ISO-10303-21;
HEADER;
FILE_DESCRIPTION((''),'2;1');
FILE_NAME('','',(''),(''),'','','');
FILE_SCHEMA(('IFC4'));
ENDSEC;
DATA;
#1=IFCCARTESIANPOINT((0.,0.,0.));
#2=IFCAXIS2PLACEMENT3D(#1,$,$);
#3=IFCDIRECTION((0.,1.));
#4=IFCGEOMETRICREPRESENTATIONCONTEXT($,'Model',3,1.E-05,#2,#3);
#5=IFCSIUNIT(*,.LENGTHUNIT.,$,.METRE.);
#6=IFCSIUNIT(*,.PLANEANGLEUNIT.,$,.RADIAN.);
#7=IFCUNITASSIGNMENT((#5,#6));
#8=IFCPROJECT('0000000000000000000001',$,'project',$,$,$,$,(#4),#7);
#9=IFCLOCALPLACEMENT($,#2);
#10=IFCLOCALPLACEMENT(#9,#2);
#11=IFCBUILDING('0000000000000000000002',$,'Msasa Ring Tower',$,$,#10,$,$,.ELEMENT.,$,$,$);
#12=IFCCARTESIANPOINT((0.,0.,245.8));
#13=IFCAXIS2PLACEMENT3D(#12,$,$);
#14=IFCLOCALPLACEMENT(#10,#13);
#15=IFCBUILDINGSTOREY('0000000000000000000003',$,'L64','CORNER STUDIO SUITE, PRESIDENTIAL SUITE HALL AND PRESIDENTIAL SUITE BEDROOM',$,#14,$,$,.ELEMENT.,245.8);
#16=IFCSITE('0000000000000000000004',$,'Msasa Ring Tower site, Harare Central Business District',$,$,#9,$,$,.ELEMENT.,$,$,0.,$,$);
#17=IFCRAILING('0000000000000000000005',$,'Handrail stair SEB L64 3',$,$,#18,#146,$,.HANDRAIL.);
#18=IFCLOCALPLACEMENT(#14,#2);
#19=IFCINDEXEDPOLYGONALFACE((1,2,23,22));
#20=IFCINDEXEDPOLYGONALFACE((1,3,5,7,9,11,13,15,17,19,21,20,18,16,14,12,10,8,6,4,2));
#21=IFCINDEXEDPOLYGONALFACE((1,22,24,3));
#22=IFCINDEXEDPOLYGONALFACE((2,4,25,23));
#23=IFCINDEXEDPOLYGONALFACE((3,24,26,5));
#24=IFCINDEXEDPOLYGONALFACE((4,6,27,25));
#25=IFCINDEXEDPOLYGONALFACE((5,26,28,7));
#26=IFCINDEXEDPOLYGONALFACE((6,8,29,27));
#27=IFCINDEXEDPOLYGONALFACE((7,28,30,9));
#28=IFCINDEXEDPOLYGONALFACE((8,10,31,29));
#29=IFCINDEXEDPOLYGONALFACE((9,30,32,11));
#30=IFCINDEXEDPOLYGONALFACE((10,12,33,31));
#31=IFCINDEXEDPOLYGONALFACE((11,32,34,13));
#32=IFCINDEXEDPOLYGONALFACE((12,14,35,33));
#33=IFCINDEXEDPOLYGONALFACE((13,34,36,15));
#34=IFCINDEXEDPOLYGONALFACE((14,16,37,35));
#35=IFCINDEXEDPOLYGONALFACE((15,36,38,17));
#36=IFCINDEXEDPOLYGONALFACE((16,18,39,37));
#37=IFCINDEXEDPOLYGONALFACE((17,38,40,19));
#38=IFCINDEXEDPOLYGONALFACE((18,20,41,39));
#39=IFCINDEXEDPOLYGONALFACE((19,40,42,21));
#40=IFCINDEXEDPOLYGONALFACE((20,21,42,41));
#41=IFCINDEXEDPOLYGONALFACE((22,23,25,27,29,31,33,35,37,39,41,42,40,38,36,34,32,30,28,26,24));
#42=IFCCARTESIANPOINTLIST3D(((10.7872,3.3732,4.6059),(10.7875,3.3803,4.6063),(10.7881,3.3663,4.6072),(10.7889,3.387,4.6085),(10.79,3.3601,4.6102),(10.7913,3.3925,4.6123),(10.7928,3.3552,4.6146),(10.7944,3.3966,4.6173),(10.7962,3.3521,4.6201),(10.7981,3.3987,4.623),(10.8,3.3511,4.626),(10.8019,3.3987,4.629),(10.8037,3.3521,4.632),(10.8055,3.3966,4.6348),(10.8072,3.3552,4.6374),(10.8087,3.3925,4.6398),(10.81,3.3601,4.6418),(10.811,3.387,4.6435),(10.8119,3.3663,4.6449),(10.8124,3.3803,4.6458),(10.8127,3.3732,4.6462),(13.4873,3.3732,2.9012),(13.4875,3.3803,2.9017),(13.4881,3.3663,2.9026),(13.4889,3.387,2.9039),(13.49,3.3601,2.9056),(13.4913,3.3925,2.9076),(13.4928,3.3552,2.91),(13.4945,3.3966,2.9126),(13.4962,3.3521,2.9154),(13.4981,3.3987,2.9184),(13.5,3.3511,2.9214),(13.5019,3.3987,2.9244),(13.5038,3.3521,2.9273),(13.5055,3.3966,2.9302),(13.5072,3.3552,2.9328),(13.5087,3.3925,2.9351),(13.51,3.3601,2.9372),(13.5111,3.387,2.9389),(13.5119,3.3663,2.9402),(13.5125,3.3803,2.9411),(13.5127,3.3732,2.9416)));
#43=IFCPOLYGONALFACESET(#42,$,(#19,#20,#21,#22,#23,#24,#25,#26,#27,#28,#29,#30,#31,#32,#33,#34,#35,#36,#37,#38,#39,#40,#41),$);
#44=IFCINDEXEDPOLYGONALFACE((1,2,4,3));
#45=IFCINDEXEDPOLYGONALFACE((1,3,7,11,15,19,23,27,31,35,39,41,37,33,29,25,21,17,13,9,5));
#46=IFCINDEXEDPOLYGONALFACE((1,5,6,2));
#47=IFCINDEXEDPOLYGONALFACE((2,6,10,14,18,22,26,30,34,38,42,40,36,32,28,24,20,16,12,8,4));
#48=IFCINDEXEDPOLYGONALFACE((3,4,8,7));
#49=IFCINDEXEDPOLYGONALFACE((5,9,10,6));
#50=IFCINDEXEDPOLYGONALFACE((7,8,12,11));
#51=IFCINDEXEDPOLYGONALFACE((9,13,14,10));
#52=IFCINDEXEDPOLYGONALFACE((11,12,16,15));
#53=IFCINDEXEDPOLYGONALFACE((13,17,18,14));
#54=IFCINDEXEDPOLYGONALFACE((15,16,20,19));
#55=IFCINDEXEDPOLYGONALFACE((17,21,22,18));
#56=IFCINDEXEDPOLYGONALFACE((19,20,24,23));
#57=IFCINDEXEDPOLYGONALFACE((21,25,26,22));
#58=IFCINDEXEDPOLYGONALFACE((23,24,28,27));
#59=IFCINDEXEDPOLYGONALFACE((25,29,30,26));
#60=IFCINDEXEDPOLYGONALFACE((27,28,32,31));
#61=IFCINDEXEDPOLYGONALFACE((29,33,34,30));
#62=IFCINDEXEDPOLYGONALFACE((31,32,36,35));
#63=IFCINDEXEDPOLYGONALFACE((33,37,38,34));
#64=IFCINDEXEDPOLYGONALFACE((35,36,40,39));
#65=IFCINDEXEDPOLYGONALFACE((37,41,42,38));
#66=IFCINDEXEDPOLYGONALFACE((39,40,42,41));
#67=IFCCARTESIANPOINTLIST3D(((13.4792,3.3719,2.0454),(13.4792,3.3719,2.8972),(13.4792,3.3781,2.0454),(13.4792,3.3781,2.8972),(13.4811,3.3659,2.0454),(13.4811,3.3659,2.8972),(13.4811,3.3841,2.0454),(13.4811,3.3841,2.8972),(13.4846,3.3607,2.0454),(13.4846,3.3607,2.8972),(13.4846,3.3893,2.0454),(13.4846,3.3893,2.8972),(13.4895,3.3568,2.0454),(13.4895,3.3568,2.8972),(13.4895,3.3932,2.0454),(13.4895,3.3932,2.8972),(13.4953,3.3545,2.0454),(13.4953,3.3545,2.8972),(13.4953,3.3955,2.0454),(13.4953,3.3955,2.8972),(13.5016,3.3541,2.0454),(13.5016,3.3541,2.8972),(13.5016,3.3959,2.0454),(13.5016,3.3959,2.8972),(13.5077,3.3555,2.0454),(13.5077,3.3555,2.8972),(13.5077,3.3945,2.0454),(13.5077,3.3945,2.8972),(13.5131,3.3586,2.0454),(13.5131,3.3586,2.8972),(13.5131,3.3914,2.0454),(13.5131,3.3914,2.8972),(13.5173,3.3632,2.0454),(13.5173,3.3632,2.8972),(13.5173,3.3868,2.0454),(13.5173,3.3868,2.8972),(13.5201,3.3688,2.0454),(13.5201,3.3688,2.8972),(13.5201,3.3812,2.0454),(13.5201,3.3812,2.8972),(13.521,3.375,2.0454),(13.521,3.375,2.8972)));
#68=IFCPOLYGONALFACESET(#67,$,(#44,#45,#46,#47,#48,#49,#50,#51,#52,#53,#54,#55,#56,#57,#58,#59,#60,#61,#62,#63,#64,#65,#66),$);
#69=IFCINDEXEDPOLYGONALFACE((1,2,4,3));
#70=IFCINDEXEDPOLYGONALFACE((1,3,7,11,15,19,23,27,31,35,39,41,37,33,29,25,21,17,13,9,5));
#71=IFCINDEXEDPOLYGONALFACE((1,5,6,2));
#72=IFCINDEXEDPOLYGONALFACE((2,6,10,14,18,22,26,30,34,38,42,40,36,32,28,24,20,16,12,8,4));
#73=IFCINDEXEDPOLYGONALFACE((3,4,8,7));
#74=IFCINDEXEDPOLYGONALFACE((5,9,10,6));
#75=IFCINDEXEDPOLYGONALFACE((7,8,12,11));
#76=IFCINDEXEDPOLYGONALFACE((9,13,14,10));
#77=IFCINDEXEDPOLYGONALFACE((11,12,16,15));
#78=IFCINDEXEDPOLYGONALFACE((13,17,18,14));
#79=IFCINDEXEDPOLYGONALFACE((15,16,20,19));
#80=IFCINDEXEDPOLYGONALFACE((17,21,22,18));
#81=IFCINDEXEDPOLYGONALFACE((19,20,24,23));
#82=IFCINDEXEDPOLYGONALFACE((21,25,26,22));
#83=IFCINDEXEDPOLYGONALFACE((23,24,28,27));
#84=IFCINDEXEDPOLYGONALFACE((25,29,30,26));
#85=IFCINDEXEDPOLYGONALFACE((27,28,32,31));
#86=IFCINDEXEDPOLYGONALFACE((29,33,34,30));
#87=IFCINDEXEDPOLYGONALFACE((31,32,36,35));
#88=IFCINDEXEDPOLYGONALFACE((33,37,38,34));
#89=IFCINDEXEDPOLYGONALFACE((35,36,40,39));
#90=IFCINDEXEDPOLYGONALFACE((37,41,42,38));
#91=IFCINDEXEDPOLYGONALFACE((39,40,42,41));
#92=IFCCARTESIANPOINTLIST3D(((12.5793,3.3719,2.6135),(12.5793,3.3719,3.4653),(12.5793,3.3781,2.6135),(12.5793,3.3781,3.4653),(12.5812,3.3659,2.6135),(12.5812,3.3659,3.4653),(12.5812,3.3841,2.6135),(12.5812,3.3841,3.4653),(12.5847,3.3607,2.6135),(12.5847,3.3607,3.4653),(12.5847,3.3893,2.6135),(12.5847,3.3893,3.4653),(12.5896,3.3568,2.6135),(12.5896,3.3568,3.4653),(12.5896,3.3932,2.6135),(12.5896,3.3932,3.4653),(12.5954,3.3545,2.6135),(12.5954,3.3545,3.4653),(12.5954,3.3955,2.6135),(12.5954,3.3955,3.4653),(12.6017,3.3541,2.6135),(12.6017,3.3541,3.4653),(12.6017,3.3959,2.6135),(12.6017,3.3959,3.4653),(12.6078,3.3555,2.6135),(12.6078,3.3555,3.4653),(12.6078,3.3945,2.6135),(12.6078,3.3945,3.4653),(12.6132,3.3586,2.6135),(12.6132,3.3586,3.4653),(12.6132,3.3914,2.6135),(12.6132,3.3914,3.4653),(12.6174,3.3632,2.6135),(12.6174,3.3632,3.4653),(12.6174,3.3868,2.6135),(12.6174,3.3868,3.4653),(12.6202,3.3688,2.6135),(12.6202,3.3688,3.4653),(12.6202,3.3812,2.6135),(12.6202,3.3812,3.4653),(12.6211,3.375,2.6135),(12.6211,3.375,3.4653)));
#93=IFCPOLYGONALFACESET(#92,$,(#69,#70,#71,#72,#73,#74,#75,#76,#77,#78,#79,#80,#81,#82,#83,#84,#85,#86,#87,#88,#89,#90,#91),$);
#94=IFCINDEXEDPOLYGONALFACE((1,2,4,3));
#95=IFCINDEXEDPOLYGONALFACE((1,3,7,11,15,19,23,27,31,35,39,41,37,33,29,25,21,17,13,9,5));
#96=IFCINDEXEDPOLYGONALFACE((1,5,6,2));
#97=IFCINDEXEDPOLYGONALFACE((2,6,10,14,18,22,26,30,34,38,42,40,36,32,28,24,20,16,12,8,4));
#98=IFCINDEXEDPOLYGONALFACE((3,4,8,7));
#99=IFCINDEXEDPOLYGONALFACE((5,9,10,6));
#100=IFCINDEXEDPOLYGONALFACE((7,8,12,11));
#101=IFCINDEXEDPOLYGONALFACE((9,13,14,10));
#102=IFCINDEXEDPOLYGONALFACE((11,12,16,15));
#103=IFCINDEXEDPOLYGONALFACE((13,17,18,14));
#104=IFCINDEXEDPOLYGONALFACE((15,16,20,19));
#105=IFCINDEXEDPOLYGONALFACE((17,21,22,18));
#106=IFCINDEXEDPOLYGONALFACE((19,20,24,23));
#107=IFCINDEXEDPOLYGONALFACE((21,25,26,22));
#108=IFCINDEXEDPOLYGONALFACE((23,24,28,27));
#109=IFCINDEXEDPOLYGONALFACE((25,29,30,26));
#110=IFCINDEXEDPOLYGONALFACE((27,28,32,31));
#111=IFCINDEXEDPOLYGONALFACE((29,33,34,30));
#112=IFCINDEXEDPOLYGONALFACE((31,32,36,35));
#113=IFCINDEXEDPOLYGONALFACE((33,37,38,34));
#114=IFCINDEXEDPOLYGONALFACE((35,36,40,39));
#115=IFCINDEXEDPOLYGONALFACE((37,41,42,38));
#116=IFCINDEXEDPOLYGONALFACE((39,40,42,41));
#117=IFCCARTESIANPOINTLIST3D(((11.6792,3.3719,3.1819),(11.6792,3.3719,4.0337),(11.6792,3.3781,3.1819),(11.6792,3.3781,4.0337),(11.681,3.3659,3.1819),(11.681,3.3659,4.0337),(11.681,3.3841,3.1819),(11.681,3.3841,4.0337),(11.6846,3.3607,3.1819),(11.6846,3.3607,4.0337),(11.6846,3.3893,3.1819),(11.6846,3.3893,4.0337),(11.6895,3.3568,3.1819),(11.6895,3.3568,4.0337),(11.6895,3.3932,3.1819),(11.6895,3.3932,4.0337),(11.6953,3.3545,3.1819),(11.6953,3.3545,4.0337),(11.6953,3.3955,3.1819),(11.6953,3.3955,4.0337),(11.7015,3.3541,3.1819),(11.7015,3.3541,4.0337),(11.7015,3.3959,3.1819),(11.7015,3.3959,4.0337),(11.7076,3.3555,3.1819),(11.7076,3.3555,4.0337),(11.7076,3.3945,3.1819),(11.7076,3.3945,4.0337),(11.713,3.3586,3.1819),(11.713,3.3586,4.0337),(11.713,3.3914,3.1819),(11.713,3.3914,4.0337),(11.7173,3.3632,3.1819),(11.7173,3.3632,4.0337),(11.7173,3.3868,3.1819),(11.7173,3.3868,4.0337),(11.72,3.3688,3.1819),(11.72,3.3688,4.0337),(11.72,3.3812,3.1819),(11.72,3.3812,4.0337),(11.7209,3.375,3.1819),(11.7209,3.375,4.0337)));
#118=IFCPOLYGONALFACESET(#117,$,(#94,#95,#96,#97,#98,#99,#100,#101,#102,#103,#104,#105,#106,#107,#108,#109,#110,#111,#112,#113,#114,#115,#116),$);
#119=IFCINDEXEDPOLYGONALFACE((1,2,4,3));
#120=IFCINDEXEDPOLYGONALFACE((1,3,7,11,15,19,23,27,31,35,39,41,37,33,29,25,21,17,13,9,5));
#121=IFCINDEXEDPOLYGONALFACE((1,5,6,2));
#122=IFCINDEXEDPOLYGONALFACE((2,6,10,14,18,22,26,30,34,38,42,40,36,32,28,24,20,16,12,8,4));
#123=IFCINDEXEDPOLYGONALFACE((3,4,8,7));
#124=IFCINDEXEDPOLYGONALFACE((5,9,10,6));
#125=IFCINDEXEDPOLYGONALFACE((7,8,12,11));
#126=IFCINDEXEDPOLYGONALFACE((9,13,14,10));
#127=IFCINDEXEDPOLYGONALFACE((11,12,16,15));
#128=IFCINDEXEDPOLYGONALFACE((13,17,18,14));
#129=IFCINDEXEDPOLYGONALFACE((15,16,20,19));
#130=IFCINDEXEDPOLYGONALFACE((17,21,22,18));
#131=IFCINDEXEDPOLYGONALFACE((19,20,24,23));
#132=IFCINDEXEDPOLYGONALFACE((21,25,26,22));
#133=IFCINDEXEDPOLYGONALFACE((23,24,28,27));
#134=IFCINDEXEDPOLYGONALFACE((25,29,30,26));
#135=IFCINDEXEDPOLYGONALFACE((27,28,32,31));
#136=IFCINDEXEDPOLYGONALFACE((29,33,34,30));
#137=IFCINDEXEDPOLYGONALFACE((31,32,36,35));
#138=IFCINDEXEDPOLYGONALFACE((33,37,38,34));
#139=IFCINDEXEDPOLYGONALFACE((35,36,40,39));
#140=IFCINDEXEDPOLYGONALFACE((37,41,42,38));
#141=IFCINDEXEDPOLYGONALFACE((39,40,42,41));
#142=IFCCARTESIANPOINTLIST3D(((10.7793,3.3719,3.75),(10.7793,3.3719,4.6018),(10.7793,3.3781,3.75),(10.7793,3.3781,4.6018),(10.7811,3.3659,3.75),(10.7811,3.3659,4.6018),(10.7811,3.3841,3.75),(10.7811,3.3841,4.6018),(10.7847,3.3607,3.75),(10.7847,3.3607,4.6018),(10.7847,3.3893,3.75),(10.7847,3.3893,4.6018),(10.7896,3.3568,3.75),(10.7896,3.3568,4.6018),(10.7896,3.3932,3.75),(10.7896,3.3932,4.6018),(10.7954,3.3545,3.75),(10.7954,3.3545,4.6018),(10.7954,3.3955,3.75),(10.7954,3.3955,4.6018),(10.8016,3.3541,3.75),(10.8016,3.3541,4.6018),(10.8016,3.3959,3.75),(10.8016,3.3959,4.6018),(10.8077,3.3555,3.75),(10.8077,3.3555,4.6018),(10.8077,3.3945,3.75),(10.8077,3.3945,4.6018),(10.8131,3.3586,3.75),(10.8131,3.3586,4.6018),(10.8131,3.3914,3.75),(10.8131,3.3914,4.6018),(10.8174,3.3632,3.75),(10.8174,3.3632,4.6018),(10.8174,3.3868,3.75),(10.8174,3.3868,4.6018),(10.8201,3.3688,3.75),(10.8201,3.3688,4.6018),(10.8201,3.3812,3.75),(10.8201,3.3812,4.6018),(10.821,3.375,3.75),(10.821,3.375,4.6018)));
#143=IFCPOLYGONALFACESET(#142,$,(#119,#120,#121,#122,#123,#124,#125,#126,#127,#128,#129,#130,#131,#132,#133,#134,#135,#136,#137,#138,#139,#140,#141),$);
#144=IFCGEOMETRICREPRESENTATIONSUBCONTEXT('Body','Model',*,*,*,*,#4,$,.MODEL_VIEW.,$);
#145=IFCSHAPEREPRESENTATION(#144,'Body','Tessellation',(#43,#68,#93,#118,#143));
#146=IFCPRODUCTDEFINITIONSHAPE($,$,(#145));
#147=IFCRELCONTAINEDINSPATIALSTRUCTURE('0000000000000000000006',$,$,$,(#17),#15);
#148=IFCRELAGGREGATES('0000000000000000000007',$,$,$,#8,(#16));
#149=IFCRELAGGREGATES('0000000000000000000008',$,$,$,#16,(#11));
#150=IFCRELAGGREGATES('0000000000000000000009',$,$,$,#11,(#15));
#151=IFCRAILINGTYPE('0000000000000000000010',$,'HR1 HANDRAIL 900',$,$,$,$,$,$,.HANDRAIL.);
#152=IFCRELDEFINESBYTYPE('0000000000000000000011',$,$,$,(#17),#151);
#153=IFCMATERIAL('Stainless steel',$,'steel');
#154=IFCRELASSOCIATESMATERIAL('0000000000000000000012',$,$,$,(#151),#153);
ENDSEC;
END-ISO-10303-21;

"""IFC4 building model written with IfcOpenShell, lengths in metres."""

from ifc_helpers import new_model, si_unit, direction, frame, origin, origin_2d, place, context, subcontext, project, spatial, circle, extrude, material, type_object, element, save


model = new_model("IFC4")

# Units and contexts
model_context = context("Model", 3, precision=1e-05, world=origin(), true_north=direction((0.0, 1.0)))
body_context = subcontext(model_context, "Body", "Model", "MODEL_VIEW")
ifc_project = project(units=[si_unit("LENGTHUNIT", "METRE"), si_unit("PLANEANGLEUNIT", "RADIAN")], contexts=[model_context])

# Site, building, storey
site_placement = place(None, origin())
site = spatial("IfcSite", under=ifc_project, at=site_placement, Name="Msasa Ring Tower site, Harare Central Business District", CompositionType="ELEMENT", RefElevation=0.0)
building_placement = place(site_placement, origin())
building = spatial("IfcBuilding", under=site, at=building_placement, Name="Msasa Ring Tower", CompositionType="ELEMENT")
storey_placement = place(building_placement, frame((0.0, 0.0, 245.8)))
storey = spatial("IfcBuildingStorey", under=building, at=storey_placement, Name="L64", Description="CORNER STUDIO SUITE, PRESIDENTIAL SUITE HALL AND PRESIDENTIAL SUITE BEDROOM", CompositionType="ELEMENT", Elevation=245.8)

# Railing
ifc_material_1 = material(Name="Stainless steel", Category="steel")
railing_type = type_object("IfcRailingType", Name="HR1 HANDRAIL 900", PredefinedType="HANDRAIL", material=ifc_material_1)
for number, where, name in (
    (1, (13.5, 3.375, 2.0454), "Handrail stair SEB L64 3"),
):
    element("IfcRailing", number, at=place(storey_placement, frame(where)), inside=storey, type_object=railing_type, Name=name, PredefinedType="HANDRAIL", context=body_context, shape_type="SweptSolid", body=[
        extrude(circle(Radius=0.0239, at=origin_2d()), frame((0.0, 0.0, 0.876), z_axis=(-0.84558, 0.0, 0.533849), x_axis=(0.0, -1.0, 0.0)), (0.0, 0.0, 1.0), 3.1931),
        extrude(circle(Radius=0.021, at=origin_2d()), origin(), (0.0, 0.0, 1.0), 0.8518),
        extrude(circle(Radius=0.021, at=origin_2d()), frame((-0.8999, 0.0, 0.5681)), (0.0, 0.0, 1.0), 0.8518),
        extrude(circle(Radius=0.021, at=origin_2d()), frame((-1.8, 0.0, 1.1365)), (0.0, 0.0, 1.0), 0.8518),
        extrude(circle(Radius=0.021, at=origin_2d()), frame((-2.7, 0.0, 1.7046)), (0.0, 0.0, 1.0), 0.8518),
    ])

save(model, "model.ifc")
